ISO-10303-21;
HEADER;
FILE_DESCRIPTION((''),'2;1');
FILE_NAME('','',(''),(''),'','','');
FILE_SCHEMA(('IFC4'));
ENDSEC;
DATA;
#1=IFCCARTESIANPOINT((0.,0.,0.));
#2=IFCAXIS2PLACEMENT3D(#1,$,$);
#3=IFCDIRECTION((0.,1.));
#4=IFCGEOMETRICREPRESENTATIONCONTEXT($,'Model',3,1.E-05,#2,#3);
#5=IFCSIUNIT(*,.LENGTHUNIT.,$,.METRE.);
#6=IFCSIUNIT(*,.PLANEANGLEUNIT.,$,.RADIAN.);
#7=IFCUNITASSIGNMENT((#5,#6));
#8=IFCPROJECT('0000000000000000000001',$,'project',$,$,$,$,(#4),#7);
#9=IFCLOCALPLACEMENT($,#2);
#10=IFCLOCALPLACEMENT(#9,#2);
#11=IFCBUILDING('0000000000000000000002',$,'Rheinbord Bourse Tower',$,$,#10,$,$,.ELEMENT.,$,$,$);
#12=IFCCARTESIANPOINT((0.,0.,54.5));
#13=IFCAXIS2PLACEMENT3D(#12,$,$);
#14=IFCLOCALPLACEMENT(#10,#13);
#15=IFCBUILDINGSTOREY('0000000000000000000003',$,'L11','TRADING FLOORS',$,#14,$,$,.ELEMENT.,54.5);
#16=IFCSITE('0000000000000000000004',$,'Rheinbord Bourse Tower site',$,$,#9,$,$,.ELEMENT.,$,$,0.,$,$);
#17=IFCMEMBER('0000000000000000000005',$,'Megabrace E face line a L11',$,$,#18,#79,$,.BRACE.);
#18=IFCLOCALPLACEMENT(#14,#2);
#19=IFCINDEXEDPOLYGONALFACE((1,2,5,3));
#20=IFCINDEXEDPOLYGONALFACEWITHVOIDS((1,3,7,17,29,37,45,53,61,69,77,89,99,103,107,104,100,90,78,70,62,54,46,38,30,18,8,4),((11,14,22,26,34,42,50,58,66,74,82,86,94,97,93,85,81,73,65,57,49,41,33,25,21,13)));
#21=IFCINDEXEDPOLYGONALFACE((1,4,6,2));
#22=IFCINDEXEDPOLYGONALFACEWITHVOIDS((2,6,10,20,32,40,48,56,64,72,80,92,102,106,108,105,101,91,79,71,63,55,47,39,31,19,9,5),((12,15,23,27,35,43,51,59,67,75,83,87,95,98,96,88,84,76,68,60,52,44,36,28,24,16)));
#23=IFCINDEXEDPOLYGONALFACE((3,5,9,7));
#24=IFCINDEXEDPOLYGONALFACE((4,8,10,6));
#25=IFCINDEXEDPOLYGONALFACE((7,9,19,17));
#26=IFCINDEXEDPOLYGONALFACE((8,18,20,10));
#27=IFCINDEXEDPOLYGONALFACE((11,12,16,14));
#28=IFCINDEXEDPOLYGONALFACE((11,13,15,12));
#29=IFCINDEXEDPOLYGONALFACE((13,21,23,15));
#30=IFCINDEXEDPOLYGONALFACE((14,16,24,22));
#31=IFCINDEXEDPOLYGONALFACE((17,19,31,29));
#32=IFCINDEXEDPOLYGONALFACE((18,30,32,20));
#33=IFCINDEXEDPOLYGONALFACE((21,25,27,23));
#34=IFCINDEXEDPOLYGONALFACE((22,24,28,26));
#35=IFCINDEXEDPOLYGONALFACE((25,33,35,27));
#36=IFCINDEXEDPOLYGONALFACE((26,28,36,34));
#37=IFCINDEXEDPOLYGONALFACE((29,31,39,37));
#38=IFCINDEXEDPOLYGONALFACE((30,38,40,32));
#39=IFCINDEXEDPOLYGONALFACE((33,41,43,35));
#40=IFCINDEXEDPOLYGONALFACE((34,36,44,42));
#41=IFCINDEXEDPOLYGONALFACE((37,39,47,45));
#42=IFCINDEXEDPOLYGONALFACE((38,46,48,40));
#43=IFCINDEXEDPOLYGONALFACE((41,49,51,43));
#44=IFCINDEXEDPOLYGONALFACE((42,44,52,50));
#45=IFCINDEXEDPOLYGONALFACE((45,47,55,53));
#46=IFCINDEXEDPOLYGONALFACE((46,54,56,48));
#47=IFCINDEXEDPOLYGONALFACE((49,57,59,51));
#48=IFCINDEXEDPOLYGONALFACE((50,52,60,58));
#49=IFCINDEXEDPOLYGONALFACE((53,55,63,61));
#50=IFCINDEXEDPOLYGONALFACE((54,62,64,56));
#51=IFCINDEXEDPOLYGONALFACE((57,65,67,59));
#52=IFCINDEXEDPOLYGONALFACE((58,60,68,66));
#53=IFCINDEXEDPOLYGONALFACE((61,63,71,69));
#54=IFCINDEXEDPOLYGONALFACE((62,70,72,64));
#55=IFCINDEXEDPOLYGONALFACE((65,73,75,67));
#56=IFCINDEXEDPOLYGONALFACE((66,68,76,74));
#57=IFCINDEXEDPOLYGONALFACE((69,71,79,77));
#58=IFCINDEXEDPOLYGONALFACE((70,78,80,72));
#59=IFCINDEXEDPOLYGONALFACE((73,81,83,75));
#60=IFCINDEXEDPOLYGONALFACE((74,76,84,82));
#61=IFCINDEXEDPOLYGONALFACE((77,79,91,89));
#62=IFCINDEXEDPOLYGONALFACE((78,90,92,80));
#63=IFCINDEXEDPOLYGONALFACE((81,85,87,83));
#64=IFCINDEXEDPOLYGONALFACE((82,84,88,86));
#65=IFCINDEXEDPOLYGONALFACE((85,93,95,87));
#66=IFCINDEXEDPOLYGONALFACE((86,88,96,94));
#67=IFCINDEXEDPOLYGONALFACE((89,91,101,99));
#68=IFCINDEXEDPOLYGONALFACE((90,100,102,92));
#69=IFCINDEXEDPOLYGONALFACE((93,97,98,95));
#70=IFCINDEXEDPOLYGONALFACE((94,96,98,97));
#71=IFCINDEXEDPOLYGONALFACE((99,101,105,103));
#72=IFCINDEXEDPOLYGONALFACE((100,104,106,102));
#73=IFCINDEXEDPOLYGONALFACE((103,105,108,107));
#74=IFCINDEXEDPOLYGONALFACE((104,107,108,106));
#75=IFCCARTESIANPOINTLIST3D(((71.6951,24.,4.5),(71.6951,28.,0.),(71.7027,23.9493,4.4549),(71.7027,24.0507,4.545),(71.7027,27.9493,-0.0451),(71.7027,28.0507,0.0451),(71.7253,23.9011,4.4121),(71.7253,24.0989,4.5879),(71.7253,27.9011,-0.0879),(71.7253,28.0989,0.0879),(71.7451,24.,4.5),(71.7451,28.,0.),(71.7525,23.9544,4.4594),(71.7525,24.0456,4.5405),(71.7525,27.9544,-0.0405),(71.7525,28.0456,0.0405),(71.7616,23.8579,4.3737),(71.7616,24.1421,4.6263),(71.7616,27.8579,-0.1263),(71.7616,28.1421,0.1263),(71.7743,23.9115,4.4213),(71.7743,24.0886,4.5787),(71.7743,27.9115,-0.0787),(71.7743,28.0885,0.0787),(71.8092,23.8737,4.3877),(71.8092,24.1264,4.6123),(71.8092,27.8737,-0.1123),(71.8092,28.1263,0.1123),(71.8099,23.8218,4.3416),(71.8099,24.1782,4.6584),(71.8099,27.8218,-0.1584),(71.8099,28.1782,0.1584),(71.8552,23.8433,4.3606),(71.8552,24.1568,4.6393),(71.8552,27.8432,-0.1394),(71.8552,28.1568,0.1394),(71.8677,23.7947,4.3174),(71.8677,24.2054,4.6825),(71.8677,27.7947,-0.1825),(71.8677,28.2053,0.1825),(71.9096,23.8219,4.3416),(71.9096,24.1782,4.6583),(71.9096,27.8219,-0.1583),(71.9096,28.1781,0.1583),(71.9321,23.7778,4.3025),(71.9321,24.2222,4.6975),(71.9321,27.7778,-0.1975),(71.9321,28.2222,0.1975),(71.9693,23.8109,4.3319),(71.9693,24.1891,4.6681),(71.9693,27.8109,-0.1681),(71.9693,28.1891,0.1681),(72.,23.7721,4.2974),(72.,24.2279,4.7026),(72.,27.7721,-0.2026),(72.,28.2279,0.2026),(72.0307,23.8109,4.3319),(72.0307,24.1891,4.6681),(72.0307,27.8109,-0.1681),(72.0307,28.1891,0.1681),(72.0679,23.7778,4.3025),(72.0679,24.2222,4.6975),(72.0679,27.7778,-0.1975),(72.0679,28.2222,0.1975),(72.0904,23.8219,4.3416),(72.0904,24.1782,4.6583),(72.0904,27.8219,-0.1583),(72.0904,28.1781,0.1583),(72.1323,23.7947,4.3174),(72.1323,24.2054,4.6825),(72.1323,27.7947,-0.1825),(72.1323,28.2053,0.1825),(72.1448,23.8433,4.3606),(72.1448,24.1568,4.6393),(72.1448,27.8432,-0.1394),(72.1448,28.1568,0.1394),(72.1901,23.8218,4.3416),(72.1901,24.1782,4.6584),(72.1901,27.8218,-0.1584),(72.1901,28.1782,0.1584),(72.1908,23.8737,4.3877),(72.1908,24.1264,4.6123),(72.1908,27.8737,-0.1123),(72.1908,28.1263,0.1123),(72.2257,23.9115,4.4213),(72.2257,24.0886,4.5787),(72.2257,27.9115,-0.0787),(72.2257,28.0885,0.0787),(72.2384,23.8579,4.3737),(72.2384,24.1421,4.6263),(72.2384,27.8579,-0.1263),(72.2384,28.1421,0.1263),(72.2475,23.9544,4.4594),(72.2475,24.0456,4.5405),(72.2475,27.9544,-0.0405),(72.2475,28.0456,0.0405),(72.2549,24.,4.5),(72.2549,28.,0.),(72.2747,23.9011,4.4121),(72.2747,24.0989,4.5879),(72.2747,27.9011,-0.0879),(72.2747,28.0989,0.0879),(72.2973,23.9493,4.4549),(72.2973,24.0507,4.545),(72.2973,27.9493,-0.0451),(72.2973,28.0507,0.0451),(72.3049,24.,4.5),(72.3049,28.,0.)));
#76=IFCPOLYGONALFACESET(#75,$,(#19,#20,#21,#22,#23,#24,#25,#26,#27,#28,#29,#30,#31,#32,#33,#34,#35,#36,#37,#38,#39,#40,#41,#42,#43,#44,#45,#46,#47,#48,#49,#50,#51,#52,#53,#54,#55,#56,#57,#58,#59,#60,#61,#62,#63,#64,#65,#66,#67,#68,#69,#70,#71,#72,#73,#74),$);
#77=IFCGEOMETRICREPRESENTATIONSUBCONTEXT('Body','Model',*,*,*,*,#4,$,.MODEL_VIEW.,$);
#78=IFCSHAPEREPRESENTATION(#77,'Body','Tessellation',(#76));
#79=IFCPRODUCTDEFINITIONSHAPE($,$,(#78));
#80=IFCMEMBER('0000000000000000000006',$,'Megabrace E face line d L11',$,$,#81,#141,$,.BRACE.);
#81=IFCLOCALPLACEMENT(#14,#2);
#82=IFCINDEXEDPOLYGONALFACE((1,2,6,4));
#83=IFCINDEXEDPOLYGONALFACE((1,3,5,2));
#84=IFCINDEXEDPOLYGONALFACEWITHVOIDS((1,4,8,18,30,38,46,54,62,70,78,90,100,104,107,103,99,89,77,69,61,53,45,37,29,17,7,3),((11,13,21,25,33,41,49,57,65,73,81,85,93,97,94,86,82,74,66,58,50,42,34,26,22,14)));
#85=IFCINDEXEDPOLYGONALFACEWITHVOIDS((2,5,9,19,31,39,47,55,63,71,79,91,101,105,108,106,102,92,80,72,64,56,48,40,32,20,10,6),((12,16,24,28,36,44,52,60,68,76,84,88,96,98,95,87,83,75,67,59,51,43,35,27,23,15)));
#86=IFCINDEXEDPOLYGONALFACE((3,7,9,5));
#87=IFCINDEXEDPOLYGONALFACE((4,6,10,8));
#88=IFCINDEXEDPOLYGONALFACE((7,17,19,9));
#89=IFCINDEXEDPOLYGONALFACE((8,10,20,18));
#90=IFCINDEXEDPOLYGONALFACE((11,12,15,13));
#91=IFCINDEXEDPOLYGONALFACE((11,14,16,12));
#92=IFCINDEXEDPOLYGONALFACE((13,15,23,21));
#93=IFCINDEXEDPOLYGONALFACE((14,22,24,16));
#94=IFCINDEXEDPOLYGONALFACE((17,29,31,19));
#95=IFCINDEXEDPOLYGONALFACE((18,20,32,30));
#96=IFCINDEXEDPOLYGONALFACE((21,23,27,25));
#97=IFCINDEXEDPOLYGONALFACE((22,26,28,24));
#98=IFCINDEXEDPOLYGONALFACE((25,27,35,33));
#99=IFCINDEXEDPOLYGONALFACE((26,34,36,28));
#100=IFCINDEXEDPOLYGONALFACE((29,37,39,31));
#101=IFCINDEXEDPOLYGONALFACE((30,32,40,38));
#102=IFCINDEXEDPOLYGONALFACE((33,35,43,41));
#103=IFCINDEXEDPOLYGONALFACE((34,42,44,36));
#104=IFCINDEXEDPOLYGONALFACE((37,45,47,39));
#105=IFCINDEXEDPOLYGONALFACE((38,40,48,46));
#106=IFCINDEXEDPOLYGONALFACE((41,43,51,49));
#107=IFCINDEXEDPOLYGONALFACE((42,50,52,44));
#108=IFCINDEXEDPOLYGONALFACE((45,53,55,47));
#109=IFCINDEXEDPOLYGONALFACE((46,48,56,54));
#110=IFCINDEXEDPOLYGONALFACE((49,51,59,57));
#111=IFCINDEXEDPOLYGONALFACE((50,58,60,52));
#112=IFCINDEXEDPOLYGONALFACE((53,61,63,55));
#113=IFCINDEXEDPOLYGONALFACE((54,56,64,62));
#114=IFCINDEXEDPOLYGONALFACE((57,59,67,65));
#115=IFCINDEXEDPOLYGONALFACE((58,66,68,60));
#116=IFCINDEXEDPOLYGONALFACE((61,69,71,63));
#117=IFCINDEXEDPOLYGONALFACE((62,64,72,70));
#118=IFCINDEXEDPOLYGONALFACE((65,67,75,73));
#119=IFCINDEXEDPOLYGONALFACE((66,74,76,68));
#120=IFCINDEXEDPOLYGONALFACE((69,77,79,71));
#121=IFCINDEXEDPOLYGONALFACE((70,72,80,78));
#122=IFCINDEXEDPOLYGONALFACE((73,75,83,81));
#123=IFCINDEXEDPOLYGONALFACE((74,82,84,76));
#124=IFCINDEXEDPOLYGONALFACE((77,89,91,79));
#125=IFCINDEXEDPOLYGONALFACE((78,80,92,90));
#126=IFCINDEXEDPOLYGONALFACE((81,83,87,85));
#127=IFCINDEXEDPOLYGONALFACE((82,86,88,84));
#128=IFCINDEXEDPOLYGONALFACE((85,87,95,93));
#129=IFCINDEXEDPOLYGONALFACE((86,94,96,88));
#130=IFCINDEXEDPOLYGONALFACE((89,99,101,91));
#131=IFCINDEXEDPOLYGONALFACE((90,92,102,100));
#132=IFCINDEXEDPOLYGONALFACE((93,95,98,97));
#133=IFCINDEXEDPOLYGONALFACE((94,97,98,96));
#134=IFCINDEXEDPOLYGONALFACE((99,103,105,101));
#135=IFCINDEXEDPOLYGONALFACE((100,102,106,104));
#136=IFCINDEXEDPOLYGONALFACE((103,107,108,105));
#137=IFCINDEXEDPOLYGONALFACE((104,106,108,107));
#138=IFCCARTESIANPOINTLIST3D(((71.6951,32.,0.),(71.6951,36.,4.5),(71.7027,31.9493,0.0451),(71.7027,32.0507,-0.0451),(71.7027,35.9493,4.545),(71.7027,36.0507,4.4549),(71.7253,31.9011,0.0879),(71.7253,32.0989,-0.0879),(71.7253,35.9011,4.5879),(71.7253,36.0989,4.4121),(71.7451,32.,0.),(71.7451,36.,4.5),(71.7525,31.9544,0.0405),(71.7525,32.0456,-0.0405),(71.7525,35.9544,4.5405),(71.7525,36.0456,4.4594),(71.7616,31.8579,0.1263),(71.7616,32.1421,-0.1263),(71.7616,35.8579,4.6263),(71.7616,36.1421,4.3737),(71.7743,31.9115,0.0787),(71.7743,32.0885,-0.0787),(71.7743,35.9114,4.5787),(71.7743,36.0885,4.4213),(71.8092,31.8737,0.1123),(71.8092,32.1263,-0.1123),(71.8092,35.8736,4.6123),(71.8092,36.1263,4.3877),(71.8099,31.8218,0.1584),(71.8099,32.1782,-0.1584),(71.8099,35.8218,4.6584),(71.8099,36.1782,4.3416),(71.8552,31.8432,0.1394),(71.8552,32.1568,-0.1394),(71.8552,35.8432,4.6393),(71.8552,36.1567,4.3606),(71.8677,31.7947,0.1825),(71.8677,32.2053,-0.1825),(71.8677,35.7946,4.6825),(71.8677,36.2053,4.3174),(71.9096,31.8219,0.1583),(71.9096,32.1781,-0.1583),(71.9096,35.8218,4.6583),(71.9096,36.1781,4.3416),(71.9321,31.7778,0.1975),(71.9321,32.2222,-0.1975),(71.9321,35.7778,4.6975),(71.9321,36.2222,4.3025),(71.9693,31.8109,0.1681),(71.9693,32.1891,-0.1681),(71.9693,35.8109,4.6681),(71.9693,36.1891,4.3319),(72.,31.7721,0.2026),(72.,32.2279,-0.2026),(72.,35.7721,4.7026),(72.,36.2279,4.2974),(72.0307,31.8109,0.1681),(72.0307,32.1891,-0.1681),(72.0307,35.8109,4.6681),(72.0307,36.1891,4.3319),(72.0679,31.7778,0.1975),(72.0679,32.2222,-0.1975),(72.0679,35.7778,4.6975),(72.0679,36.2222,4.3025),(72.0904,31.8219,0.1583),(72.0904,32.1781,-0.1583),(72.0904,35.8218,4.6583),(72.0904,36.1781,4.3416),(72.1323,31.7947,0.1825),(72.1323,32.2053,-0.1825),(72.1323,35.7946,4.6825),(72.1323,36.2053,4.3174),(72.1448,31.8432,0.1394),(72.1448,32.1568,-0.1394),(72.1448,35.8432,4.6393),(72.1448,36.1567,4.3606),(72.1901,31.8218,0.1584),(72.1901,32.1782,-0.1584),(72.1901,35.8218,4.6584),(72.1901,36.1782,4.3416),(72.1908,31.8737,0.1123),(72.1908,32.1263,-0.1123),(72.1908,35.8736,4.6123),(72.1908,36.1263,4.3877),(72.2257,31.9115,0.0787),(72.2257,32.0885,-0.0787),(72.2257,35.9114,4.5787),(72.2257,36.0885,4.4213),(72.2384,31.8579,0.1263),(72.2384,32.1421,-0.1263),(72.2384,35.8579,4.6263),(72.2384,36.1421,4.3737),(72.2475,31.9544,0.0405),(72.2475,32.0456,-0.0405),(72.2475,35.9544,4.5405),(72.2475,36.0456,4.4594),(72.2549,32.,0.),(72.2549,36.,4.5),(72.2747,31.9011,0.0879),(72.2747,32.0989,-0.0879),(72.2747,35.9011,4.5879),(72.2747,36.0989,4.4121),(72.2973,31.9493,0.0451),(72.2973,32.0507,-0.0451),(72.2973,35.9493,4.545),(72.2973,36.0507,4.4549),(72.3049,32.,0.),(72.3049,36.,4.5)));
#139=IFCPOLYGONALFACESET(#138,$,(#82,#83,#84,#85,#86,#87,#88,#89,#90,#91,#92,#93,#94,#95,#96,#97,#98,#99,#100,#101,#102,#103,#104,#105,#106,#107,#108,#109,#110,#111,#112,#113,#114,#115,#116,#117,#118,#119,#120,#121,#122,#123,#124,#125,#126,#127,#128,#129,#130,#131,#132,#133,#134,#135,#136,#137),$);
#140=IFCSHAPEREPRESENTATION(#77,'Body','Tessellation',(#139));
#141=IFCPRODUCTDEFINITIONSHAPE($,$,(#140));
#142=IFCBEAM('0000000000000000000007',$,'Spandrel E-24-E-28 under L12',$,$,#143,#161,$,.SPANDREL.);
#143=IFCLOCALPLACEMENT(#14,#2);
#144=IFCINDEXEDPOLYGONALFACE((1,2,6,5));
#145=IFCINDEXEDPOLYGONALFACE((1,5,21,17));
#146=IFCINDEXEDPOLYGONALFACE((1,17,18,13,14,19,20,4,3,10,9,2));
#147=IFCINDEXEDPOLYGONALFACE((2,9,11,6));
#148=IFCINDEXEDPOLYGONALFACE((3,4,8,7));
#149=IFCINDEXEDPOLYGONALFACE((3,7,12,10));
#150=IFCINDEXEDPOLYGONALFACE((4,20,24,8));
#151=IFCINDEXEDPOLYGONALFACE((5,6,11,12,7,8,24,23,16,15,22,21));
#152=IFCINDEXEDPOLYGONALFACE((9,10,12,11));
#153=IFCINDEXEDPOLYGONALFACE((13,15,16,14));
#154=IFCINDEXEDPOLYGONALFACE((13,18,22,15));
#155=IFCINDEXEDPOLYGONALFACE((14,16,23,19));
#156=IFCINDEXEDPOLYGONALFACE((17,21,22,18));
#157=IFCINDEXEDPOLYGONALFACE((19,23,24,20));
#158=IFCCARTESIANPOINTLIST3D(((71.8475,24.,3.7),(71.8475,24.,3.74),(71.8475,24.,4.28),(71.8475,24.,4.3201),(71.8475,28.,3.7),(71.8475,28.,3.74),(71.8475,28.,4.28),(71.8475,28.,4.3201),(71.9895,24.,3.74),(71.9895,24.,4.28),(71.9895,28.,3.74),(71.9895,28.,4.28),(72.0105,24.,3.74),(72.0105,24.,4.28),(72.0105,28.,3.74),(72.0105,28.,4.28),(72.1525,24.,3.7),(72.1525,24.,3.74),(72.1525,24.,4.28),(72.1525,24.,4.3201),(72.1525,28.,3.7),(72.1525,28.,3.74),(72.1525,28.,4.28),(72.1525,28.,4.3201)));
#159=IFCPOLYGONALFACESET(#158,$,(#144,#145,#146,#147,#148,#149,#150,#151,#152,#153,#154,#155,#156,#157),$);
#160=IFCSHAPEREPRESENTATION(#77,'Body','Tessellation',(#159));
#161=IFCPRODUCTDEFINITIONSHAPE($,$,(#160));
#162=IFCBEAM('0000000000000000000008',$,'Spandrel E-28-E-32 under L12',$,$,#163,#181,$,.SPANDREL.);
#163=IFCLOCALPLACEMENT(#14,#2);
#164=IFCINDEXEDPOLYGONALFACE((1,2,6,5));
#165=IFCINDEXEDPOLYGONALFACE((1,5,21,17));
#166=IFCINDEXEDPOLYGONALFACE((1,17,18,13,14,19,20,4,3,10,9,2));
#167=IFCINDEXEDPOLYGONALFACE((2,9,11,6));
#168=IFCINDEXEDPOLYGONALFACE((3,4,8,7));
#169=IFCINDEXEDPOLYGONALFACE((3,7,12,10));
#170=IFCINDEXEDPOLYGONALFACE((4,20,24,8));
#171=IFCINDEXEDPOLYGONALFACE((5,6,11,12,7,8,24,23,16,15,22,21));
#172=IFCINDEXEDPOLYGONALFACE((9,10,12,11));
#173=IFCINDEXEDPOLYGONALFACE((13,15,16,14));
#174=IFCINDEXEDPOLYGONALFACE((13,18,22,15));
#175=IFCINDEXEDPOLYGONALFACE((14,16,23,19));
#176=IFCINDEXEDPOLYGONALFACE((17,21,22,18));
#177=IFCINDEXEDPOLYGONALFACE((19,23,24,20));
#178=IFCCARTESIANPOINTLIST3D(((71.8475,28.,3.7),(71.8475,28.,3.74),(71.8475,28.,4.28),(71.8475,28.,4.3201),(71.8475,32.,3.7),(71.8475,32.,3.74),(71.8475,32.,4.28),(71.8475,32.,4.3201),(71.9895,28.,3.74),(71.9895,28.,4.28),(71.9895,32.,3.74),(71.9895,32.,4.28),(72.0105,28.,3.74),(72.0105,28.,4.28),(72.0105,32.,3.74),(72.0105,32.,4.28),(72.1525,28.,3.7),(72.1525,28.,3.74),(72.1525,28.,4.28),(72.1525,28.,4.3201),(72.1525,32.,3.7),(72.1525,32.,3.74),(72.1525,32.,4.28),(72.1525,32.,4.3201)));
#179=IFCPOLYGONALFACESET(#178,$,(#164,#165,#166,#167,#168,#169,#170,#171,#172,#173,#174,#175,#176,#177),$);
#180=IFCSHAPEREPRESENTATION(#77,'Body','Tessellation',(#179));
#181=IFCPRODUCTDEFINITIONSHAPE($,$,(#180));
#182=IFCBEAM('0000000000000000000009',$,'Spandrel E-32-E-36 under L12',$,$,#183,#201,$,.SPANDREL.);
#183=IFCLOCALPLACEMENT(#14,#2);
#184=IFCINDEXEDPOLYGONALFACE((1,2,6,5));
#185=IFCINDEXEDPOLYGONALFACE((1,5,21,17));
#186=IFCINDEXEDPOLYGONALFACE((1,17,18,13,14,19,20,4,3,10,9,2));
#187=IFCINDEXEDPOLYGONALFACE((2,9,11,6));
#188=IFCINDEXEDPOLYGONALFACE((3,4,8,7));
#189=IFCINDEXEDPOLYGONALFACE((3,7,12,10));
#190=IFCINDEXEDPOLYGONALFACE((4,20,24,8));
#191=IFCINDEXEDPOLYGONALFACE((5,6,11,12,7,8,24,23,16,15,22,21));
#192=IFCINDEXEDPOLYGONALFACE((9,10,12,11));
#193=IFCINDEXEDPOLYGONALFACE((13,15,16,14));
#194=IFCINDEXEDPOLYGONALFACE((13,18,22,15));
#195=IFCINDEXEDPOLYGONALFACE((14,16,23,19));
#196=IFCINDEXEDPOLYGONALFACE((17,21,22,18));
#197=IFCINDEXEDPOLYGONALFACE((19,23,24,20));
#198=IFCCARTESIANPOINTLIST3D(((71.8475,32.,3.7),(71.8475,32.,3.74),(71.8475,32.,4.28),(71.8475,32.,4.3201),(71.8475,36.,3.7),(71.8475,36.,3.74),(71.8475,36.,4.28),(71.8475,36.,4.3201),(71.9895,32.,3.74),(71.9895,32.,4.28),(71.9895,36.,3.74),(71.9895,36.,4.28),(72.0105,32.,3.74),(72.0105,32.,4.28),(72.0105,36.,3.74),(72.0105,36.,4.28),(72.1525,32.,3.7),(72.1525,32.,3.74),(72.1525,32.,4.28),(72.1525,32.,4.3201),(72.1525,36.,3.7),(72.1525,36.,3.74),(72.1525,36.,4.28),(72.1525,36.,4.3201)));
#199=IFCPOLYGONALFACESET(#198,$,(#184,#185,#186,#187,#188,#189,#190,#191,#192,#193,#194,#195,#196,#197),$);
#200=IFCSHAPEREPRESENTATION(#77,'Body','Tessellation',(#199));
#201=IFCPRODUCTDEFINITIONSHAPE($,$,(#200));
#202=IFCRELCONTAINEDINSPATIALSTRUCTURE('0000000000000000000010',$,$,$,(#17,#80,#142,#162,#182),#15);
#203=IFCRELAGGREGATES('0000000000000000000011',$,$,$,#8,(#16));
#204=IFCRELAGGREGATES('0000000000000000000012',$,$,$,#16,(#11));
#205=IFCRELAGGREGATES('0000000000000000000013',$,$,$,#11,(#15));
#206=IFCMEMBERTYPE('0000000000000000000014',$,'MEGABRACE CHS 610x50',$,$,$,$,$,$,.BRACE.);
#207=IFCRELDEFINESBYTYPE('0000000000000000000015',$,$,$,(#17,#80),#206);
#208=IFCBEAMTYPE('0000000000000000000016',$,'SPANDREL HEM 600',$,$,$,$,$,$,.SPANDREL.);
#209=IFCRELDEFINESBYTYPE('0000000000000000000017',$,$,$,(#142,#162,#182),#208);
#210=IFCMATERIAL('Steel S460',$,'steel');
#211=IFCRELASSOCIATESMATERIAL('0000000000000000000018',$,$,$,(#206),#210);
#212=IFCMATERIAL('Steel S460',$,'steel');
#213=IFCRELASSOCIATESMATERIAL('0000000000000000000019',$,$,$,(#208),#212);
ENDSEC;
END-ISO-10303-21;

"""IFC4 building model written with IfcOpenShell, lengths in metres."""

from ifc_helpers import new_model, si_unit, direction, frame, origin, origin_2d, place, context, subcontext, project, spatial, hollow_circle, i_section, extrude, material, material_profile, profile_set, type_object, element, save


model = new_model("IFC4")

# Units and contexts
model_context = context("Model", 3, precision=1e-05, world=origin(), true_north=direction((0.0, 1.0)))
body_context = subcontext(model_context, "Body", "Model", "MODEL_VIEW")
ifc_project = project(units=[si_unit("LENGTHUNIT", "METRE"), si_unit("PLANEANGLEUNIT", "RADIAN")], contexts=[model_context])

# Site, building, storey
site_placement = place(None, origin())
site = spatial("IfcSite", under=ifc_project, at=site_placement, Name="Rheinbord Bourse Tower site", CompositionType="ELEMENT", RefElevation=0.0)
building_placement = place(site_placement, origin())
building = spatial("IfcBuilding", under=site, at=building_placement, Name="Rheinbord Bourse Tower", CompositionType="ELEMENT")
storey_placement = place(building_placement, frame((0.0, 0.0, 54.5)))
storey = spatial("IfcBuildingStorey", under=building, at=storey_placement, Name="L11", Description="TRADING FLOORS", CompositionType="ELEMENT", Elevation=54.5)

# Members
ifc_material_1 = material(Name="Steel S460", Category="steel")
ifc_material_profile_1 = material_profile(ifc_material_1, hollow_circle(Radius=0.3049, WallThickness=0.05, at=origin_2d()), Name="CHS 610x50")
ifc_profile_set_1 = profile_set([ifc_material_profile_1], Name="Steel S460")
member_type_1 = type_object("IfcMemberType", Name="MEGABRACE CHS 610x50", PredefinedType="BRACE", material=ifc_profile_set_1)
for number, where, z_axis, x_axis, name in (
    (1, (72.0, 28.0, 0.0), (0.0, -0.664364, 0.747409), (1.0, 0.0, 0.0), "Megabrace E face line a L11"),
    (2, (72.0, 32.0, 0.0), (0.0, 0.664364, 0.747409), (-1.0, 0.0, 0.0), "Megabrace E face line d L11"),
):
    element("IfcMember", number, at=place(storey_placement, frame(where, z_axis=z_axis, x_axis=x_axis)), inside=storey, type_object=member_type_1, Name=name, PredefinedType="BRACE", context=body_context, shape_type="SweptSolid", body=[
        extrude(hollow_circle(Radius=0.3049, WallThickness=0.05, at=origin_2d()), origin(), (0.0, 0.0, 1.0), 6.0208),
    ])

# Beams
ifc_material_2 = material(Name="Steel S460", Category="steel")
ifc_material_profile_2 = material_profile(ifc_material_2, i_section(OverallWidth=0.3049, OverallDepth=0.6201, WebThickness=0.021, FlangeThickness=0.04, at=origin_2d()), Name="HEM 600")
ifc_profile_set_2 = profile_set([ifc_material_profile_2], Name="Steel S460")
beam_type_1 = type_object("IfcBeamType", Name="SPANDREL HEM 600", PredefinedType="SPANDREL", material=ifc_profile_set_2)
for number, where, z_axis, x_axis, name in (
    (3, (72.0, 24.0, 4.01), (0.0, 1.0, 0.0), (-1.0, 0.0, 0.0), "Spandrel E-24-E-28 under L12"),
    (4, (72.0, 28.0, 4.01), (0.0, 1.0, 0.0), (-1.0, 0.0, 0.0), "Spandrel E-28-E-32 under L12"),
    (5, (72.0, 32.0, 4.01), (0.0, 1.0, 0.0), (-1.0, 0.0, 0.0), "Spandrel E-32-E-36 under L12"),
):
    element("IfcBeam", number, at=place(storey_placement, frame(where, z_axis=z_axis, x_axis=x_axis)), inside=storey, type_object=beam_type_1, Name=name, PredefinedType="SPANDREL", context=body_context, shape_type="SweptSolid", body=[
        extrude(i_section(OverallWidth=0.3049, OverallDepth=0.6201, WebThickness=0.021, FlangeThickness=0.04, at=origin_2d()), origin(), (0.0, 0.0, 1.0), 4.0),
    ])

save(model, "model.ifc")
